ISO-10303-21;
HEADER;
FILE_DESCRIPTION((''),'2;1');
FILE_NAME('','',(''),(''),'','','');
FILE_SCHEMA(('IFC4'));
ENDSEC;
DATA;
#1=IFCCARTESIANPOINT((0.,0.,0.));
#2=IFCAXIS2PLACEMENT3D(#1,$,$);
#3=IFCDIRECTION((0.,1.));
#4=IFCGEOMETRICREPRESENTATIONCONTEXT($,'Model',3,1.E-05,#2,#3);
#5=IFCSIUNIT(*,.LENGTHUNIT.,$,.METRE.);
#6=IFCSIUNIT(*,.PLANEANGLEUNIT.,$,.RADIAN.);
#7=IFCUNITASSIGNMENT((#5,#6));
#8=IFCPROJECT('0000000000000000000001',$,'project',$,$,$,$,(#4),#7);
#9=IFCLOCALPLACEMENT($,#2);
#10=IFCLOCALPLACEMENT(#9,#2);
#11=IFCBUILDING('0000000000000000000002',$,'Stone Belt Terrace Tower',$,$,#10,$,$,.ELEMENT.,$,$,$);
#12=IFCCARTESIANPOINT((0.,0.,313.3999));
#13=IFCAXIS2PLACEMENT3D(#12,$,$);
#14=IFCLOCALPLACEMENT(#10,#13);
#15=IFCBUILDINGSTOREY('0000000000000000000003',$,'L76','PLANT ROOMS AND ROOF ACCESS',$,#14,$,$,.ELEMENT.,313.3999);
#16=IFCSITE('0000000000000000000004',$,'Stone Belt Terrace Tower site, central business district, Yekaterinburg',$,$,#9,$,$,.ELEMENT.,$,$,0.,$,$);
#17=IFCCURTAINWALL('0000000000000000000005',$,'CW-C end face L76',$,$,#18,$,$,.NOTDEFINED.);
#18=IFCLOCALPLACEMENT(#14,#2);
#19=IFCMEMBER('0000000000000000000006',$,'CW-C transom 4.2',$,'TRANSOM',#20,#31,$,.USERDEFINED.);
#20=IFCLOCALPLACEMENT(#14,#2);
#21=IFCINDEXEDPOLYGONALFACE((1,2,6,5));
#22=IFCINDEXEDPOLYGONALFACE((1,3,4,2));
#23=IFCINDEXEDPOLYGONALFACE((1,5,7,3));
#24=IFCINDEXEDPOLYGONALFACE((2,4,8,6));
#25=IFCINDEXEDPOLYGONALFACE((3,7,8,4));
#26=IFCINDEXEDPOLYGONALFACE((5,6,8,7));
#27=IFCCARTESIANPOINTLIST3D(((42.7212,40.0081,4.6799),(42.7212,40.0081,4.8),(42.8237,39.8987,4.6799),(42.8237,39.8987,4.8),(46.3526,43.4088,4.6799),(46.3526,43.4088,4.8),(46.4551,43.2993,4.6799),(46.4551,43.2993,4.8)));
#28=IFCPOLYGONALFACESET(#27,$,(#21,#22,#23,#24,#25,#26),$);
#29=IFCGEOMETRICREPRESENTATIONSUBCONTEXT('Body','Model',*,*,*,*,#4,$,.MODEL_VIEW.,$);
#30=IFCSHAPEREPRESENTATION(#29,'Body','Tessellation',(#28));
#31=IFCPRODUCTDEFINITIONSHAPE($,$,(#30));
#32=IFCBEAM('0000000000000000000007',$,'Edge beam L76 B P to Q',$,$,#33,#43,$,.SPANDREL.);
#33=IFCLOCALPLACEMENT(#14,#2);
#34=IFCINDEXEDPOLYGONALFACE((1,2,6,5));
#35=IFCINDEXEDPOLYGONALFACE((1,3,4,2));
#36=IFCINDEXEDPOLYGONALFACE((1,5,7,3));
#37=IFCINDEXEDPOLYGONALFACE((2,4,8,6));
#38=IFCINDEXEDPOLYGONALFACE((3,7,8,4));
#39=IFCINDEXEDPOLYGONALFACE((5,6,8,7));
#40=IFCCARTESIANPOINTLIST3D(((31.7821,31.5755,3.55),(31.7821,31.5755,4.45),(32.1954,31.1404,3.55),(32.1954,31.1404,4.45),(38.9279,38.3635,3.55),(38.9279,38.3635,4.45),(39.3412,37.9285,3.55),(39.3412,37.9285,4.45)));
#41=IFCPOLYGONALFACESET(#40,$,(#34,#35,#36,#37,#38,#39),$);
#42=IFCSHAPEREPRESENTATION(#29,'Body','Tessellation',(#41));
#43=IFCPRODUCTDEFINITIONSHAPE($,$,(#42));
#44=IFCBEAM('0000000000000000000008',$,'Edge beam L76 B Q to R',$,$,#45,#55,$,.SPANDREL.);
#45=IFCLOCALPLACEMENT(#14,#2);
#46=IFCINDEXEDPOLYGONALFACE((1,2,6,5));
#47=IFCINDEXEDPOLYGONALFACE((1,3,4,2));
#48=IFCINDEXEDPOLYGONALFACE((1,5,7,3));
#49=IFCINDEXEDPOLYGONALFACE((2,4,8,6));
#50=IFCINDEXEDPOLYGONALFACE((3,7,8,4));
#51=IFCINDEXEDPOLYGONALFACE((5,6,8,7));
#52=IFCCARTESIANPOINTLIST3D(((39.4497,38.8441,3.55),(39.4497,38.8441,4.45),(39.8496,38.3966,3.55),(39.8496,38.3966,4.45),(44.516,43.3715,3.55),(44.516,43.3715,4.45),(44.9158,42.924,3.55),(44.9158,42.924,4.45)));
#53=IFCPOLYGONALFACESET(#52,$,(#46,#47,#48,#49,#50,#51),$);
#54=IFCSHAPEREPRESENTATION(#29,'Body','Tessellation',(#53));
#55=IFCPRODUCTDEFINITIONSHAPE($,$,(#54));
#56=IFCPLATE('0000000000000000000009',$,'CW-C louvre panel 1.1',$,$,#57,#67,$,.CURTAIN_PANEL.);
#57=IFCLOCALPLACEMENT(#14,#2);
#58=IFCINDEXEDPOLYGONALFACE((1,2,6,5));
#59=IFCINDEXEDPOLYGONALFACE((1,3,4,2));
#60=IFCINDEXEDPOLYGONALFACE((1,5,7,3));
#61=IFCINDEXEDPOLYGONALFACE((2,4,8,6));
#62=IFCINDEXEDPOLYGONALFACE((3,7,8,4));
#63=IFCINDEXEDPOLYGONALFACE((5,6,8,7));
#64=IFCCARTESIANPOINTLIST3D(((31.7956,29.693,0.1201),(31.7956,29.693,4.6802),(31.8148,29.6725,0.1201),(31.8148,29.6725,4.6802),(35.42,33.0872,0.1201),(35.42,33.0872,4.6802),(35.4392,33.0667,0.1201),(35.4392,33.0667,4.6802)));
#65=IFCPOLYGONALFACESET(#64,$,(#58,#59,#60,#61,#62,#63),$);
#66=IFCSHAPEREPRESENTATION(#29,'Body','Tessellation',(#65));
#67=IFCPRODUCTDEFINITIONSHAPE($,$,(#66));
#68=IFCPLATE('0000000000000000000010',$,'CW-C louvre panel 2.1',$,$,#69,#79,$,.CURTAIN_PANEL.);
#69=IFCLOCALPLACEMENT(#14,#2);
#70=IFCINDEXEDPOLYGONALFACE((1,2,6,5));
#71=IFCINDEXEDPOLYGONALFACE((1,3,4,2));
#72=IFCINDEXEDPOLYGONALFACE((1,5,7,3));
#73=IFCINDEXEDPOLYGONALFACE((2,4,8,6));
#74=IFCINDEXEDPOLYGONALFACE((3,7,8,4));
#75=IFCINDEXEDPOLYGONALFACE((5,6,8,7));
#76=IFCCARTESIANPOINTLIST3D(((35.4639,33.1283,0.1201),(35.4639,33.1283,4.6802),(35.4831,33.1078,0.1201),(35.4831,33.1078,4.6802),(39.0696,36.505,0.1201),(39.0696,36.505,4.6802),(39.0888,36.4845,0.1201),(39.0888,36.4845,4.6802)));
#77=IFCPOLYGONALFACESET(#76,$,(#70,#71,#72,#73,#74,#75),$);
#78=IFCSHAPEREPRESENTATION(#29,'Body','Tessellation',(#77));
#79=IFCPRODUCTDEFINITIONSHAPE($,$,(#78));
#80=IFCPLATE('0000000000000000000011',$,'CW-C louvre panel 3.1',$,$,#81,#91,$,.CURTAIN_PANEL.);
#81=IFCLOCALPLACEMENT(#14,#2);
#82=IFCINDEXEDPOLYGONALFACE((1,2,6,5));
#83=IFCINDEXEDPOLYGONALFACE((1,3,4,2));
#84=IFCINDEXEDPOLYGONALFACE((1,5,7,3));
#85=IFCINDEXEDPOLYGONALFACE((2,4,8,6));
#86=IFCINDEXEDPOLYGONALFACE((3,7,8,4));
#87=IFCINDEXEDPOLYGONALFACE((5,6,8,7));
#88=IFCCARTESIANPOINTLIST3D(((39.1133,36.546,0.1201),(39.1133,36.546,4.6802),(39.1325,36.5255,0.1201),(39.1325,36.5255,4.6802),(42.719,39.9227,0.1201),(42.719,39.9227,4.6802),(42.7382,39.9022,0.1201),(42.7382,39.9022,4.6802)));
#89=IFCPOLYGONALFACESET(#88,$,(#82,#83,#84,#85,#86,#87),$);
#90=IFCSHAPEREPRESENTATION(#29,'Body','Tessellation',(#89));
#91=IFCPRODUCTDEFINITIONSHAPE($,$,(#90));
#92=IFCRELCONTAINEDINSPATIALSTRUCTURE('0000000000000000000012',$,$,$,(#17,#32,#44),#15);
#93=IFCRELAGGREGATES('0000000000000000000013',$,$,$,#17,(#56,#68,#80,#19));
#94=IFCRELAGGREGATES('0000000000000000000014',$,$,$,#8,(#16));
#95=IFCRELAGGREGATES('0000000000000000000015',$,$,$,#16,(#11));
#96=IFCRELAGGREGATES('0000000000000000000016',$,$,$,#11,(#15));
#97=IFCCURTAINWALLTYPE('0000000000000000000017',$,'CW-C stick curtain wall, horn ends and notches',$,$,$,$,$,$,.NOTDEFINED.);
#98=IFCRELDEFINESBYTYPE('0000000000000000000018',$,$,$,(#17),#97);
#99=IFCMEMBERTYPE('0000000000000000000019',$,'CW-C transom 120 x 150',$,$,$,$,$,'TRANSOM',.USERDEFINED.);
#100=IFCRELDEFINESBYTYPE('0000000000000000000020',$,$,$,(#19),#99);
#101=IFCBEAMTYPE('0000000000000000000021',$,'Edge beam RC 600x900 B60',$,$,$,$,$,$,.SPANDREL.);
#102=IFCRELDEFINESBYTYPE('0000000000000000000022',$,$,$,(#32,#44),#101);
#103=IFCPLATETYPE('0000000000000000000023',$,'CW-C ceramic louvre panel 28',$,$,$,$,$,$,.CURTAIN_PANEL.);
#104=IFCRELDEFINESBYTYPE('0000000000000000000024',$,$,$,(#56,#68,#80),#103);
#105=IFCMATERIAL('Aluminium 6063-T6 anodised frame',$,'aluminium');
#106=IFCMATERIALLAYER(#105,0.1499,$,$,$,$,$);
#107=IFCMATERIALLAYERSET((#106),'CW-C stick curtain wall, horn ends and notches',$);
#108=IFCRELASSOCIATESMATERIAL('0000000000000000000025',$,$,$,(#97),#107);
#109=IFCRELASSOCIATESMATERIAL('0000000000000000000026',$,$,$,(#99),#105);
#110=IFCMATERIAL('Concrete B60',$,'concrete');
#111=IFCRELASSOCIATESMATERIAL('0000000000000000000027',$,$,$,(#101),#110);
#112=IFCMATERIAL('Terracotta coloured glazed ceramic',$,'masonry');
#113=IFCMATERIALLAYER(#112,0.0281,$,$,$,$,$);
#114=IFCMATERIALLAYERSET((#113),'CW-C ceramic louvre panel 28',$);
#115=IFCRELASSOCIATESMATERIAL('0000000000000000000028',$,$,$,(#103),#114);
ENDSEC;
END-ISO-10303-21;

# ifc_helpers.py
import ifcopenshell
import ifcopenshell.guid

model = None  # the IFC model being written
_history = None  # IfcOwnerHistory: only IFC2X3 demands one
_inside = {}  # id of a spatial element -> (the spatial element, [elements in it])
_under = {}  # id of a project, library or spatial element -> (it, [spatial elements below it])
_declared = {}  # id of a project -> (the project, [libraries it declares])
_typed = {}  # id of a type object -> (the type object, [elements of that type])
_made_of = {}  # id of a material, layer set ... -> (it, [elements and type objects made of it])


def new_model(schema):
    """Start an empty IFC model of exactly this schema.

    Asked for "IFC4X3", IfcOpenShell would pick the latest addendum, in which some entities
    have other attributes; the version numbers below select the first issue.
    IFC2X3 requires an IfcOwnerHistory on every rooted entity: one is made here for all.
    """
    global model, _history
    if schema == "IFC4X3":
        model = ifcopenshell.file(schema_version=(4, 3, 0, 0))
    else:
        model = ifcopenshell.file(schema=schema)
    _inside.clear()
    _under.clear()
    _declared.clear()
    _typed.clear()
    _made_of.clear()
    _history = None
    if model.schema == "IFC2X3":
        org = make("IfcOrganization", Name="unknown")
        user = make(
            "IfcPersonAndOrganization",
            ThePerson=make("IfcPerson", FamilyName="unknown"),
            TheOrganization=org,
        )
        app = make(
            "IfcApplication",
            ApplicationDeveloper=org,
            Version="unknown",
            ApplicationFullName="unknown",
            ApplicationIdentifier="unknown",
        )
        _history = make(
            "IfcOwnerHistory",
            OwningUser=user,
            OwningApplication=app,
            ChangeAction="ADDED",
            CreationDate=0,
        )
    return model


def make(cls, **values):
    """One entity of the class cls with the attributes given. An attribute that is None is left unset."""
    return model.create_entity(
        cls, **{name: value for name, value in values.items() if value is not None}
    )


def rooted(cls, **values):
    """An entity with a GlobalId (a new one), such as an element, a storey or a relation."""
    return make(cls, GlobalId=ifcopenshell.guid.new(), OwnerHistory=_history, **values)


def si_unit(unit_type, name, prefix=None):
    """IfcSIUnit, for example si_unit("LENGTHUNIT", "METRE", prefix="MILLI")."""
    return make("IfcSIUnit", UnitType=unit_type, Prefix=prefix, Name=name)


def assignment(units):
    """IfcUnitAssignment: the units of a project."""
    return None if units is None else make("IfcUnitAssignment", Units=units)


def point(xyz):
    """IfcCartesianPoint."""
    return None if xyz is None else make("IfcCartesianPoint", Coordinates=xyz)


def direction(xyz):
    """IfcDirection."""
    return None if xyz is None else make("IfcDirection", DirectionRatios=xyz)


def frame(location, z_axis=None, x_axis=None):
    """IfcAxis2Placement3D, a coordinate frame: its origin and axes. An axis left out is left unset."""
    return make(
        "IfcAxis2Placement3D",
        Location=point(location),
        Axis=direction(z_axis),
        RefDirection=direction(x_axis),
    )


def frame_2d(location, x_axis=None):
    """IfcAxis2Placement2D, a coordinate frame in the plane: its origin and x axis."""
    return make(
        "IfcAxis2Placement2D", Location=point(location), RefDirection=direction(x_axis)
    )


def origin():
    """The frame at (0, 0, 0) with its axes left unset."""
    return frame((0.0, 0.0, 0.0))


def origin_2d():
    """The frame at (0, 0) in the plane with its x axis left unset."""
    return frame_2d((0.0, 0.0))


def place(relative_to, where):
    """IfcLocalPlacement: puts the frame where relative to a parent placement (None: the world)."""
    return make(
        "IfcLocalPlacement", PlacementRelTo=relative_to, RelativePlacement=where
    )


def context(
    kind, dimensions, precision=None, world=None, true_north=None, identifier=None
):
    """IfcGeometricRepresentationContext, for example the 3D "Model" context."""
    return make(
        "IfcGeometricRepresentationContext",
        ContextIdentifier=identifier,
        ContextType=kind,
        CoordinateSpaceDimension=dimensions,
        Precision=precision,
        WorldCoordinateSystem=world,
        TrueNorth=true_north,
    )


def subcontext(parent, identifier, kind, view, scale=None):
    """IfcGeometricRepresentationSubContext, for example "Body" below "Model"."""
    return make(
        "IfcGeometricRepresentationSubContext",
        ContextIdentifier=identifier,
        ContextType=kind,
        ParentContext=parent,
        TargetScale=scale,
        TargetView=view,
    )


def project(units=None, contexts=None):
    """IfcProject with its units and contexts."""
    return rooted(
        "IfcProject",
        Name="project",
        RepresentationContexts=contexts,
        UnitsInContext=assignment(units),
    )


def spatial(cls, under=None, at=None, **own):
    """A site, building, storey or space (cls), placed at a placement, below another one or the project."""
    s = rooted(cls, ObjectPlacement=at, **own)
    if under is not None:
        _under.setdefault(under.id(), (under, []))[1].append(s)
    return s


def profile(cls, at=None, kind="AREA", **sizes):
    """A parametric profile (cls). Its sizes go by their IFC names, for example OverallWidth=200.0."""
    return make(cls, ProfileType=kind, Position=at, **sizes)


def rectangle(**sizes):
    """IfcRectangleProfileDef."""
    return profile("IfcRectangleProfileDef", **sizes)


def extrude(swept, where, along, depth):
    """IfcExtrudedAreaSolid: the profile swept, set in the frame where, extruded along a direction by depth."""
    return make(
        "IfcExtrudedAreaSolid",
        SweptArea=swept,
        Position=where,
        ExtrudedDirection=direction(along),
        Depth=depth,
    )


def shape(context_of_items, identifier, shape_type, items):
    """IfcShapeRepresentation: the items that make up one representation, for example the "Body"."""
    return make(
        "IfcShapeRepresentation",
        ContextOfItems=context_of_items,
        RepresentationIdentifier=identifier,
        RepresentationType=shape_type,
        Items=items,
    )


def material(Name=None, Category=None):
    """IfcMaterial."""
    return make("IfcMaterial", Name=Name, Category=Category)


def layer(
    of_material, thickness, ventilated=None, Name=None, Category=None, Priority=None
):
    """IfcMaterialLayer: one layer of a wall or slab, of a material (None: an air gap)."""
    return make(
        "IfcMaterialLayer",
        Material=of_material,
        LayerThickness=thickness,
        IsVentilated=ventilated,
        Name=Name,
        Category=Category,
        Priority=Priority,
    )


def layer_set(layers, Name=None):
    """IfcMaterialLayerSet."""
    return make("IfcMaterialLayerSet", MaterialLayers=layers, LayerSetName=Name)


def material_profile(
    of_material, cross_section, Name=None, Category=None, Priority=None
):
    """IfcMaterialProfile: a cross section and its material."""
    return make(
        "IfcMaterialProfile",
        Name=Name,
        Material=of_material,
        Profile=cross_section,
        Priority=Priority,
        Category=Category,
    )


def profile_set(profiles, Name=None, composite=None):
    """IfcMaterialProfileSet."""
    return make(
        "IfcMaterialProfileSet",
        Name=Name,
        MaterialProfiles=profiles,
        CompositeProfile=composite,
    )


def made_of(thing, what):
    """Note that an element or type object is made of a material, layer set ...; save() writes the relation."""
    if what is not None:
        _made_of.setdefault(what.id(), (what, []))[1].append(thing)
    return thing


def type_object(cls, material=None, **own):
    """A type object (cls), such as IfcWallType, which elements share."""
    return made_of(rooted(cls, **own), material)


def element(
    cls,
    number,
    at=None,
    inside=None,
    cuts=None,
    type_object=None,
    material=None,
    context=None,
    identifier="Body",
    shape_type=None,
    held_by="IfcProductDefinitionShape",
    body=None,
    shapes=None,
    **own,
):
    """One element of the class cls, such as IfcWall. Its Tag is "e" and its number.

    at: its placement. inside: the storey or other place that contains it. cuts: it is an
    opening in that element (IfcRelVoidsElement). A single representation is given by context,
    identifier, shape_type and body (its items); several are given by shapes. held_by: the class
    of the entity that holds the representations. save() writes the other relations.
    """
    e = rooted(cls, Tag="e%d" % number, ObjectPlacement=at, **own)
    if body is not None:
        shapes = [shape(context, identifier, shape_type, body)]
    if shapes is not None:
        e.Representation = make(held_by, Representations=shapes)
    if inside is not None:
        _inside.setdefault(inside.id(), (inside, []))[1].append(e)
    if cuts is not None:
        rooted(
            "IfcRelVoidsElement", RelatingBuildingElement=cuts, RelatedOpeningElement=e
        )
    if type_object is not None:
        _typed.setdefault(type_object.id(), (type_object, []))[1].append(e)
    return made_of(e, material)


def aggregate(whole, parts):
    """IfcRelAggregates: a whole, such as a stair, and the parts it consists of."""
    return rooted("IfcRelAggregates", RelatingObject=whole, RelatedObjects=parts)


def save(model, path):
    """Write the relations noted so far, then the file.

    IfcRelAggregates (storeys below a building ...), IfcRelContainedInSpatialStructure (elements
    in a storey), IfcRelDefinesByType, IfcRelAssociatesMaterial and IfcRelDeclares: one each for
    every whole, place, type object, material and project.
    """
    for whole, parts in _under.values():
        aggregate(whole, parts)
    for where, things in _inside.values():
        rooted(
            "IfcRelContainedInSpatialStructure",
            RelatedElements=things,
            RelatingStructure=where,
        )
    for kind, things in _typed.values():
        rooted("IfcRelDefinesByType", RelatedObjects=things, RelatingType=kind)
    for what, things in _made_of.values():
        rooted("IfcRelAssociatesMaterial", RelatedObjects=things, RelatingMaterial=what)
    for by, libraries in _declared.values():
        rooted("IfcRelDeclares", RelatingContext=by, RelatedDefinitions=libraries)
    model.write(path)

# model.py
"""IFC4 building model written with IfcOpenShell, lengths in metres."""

from ifc_helpers import new_model, si_unit, direction, frame, origin, origin_2d, place, context, subcontext, project, spatial, rectangle, extrude, material, layer, layer_set, material_profile, profile_set, type_object, element, aggregate, save


model = new_model("IFC4")

# Units and contexts
model_context = context("Model", 3, precision=1e-05, world=origin(), true_north=direction((0.0, 1.0)))
body_context = subcontext(model_context, "Body", "Model", "MODEL_VIEW")
ifc_project = project(units=[si_unit("LENGTHUNIT", "METRE"), si_unit("PLANEANGLEUNIT", "RADIAN")], contexts=[model_context])

# Site, building, storey
site_placement = place(None, origin())
site = spatial("IfcSite", under=ifc_project, at=site_placement, Name="Stone Belt Terrace Tower site, central business district, Yekaterinburg", CompositionType="ELEMENT", RefElevation=0.0)
building_placement = place(site_placement, origin())
building = spatial("IfcBuilding", under=site, at=building_placement, Name="Stone Belt Terrace Tower", CompositionType="ELEMENT")
storey_placement = place(building_placement, frame((0.0, 0.0, 313.3999)))
storey = spatial("IfcBuildingStorey", under=building, at=storey_placement, Name="L76", Description="PLANT ROOMS AND ROOF ACCESS", CompositionType="ELEMENT", Elevation=313.3999)

# Shared definitions
ifc_material_1 = material(Name="Concrete B60", Category="concrete")

# Curtain wall, member
ifc_material_2 = material(Name="Aluminium 6063-T6 anodised frame", Category="aluminium")
ifc_layer_1 = layer(ifc_material_2, 0.1499)
ifc_layer_set_1 = layer_set([ifc_layer_1], Name="CW-C stick curtain wall, horn ends and notches")
curtain_wall_type = type_object("IfcCurtainWallType", Name="CW-C stick curtain wall, horn ends and notches", PredefinedType="NOTDEFINED", material=ifc_layer_set_1)
curtain_wall_placement = place(storey_placement, origin())
curtain_wall = element("IfcCurtainWall", 1, at=curtain_wall_placement, inside=storey, type_object=curtain_wall_type, Name="CW-C end face L76", PredefinedType="NOTDEFINED")
ifc_material_profile_1 = material_profile(ifc_material_2, rectangle(XDim=0.1499, YDim=0.1201, at=origin_2d()), Name="Aluminium 6063-T6 150x120")
ifc_profile_set_1 = profile_set([ifc_material_profile_1], Name="Aluminium 6063-T6 anodised frame")
member_type_1 = type_object("IfcMemberType", Name="CW-C transom 120 x 150", ElementType="TRANSOM", PredefinedType="USERDEFINED", material=ifc_profile_set_1)
member_1_placement = place(storey_placement, frame((42.7725, 39.9534, 4.74), z_axis=(0.729914, 0.683539, 0.0), x_axis=(-0.683539, 0.729914, 0.0)))
member_1 = element("IfcMember", 2, at=member_1_placement, type_object=member_type_1, Name="CW-C transom 4.2", ObjectType="TRANSOM", PredefinedType="USERDEFINED", context=body_context, shape_type="SweptSolid", body=[
    extrude(rectangle(XDim=0.1499, YDim=0.1201, at=origin_2d()), origin(), (0.0, 0.0, 1.0), 4.9751),
])

# Beams
ifc_material_profile_2 = material_profile(ifc_material_1, rectangle(XDim=0.6001, YDim=0.8999, at=origin_2d()), Name="RC 600x900")
ifc_profile_set_2 = profile_set([ifc_material_profile_2], Name="Concrete B60")
beam_type = type_object("IfcBeamType", Name="Edge beam RC 600x900 B60", PredefinedType="SPANDREL", material=ifc_profile_set_2)
beam_1_placement = place(storey_placement, frame((31.9888, 31.3579, 4.0), z_axis=(0.725019, 0.688729, 0.0), x_axis=(-0.688729, 0.725019, 0.0)))
element("IfcBeam", 3, at=beam_1_placement, inside=storey, type_object=beam_type, Name="Edge beam L76 B P to Q", PredefinedType="SPANDREL", context=body_context, shape_type="SweptSolid", body=[
    extrude(rectangle(XDim=0.6001, YDim=0.8999, at=origin_2d()), origin(), (0.0, 0.0, 1.0), 9.856),
])
beam_2_placement = place(storey_placement, frame((39.6497, 38.6204, 4.0), z_axis=(0.745646, 0.666342, 0.0), x_axis=(-0.666342, 0.745646, 0.0)))
element("IfcBeam", 4, at=beam_2_placement, inside=storey, type_object=beam_type, Name="Edge beam L76 B Q to R", PredefinedType="SPANDREL", context=body_context, shape_type="SweptSolid", body=[
    extrude(rectangle(XDim=0.6001, YDim=0.8999, at=origin_2d()), origin(), (0.0, 0.0, 1.0), 6.7944),
])

# Plates
ifc_material_3 = material(Name="Terracotta coloured glazed ceramic", Category="masonry")
ifc_layer_2 = layer(ifc_material_3, 0.0281)
ifc_layer_set_2 = layer_set([ifc_layer_2], Name="CW-C ceramic louvre panel 28")
plate_type = type_object("IfcPlateType", Name="CW-C ceramic louvre panel 28", PredefinedType="CURTAIN_PANEL", material=ifc_layer_set_2)
plate_1_placement = place(storey_placement, frame((33.6174, 31.3799, 0.1201), z_axis=(0.0, 0.0, 1.0), x_axis=(0.729904, 0.683549, 0.0)))
plate_1 = element("IfcPlate", 5, at=plate_1_placement, type_object=plate_type, Name="CW-C louvre panel 1.1", PredefinedType="CURTAIN_PANEL", context=body_context, shape_type="SweptSolid", body=[
    extrude(rectangle(XDim=4.9656, YDim=0.0281, at=origin_2d()), origin(), (0.0, 0.0, 1.0), 4.5601),
])
plate_2_placement = place(storey_placement, frame((37.2764, 34.8064, 0.1201), z_axis=(0.0, 0.0, 1.0), x_axis=(0.729904, 0.683549, 0.0)))
plate_2 = element("IfcPlate", 6, at=plate_2_placement, type_object=plate_type, Name="CW-C louvre panel 2.1", PredefinedType="CURTAIN_PANEL", context=body_context, shape_type="SweptSolid", body=[
    extrude(rectangle(XDim=4.9399, YDim=0.0281, at=origin_2d()), origin(), (0.0, 0.0, 1.0), 4.5601),
])
plate_3_placement = place(storey_placement, frame((40.9258, 38.2241, 0.1201), z_axis=(0.0, 0.0, 1.0), x_axis=(0.729904, 0.683549, 0.0)))
plate_3 = element("IfcPlate", 7, at=plate_3_placement, type_object=plate_type, Name="CW-C louvre panel 3.1", PredefinedType="CURTAIN_PANEL", context=body_context, shape_type="SweptSolid", body=[
    extrude(rectangle(XDim=4.9399, YDim=0.0281, at=origin_2d()), origin(), (0.0, 0.0, 1.0), 4.5601),
])
aggregate(curtain_wall, [plate_1, plate_2, plate_3, member_1])

save(model, "model.ifc")
